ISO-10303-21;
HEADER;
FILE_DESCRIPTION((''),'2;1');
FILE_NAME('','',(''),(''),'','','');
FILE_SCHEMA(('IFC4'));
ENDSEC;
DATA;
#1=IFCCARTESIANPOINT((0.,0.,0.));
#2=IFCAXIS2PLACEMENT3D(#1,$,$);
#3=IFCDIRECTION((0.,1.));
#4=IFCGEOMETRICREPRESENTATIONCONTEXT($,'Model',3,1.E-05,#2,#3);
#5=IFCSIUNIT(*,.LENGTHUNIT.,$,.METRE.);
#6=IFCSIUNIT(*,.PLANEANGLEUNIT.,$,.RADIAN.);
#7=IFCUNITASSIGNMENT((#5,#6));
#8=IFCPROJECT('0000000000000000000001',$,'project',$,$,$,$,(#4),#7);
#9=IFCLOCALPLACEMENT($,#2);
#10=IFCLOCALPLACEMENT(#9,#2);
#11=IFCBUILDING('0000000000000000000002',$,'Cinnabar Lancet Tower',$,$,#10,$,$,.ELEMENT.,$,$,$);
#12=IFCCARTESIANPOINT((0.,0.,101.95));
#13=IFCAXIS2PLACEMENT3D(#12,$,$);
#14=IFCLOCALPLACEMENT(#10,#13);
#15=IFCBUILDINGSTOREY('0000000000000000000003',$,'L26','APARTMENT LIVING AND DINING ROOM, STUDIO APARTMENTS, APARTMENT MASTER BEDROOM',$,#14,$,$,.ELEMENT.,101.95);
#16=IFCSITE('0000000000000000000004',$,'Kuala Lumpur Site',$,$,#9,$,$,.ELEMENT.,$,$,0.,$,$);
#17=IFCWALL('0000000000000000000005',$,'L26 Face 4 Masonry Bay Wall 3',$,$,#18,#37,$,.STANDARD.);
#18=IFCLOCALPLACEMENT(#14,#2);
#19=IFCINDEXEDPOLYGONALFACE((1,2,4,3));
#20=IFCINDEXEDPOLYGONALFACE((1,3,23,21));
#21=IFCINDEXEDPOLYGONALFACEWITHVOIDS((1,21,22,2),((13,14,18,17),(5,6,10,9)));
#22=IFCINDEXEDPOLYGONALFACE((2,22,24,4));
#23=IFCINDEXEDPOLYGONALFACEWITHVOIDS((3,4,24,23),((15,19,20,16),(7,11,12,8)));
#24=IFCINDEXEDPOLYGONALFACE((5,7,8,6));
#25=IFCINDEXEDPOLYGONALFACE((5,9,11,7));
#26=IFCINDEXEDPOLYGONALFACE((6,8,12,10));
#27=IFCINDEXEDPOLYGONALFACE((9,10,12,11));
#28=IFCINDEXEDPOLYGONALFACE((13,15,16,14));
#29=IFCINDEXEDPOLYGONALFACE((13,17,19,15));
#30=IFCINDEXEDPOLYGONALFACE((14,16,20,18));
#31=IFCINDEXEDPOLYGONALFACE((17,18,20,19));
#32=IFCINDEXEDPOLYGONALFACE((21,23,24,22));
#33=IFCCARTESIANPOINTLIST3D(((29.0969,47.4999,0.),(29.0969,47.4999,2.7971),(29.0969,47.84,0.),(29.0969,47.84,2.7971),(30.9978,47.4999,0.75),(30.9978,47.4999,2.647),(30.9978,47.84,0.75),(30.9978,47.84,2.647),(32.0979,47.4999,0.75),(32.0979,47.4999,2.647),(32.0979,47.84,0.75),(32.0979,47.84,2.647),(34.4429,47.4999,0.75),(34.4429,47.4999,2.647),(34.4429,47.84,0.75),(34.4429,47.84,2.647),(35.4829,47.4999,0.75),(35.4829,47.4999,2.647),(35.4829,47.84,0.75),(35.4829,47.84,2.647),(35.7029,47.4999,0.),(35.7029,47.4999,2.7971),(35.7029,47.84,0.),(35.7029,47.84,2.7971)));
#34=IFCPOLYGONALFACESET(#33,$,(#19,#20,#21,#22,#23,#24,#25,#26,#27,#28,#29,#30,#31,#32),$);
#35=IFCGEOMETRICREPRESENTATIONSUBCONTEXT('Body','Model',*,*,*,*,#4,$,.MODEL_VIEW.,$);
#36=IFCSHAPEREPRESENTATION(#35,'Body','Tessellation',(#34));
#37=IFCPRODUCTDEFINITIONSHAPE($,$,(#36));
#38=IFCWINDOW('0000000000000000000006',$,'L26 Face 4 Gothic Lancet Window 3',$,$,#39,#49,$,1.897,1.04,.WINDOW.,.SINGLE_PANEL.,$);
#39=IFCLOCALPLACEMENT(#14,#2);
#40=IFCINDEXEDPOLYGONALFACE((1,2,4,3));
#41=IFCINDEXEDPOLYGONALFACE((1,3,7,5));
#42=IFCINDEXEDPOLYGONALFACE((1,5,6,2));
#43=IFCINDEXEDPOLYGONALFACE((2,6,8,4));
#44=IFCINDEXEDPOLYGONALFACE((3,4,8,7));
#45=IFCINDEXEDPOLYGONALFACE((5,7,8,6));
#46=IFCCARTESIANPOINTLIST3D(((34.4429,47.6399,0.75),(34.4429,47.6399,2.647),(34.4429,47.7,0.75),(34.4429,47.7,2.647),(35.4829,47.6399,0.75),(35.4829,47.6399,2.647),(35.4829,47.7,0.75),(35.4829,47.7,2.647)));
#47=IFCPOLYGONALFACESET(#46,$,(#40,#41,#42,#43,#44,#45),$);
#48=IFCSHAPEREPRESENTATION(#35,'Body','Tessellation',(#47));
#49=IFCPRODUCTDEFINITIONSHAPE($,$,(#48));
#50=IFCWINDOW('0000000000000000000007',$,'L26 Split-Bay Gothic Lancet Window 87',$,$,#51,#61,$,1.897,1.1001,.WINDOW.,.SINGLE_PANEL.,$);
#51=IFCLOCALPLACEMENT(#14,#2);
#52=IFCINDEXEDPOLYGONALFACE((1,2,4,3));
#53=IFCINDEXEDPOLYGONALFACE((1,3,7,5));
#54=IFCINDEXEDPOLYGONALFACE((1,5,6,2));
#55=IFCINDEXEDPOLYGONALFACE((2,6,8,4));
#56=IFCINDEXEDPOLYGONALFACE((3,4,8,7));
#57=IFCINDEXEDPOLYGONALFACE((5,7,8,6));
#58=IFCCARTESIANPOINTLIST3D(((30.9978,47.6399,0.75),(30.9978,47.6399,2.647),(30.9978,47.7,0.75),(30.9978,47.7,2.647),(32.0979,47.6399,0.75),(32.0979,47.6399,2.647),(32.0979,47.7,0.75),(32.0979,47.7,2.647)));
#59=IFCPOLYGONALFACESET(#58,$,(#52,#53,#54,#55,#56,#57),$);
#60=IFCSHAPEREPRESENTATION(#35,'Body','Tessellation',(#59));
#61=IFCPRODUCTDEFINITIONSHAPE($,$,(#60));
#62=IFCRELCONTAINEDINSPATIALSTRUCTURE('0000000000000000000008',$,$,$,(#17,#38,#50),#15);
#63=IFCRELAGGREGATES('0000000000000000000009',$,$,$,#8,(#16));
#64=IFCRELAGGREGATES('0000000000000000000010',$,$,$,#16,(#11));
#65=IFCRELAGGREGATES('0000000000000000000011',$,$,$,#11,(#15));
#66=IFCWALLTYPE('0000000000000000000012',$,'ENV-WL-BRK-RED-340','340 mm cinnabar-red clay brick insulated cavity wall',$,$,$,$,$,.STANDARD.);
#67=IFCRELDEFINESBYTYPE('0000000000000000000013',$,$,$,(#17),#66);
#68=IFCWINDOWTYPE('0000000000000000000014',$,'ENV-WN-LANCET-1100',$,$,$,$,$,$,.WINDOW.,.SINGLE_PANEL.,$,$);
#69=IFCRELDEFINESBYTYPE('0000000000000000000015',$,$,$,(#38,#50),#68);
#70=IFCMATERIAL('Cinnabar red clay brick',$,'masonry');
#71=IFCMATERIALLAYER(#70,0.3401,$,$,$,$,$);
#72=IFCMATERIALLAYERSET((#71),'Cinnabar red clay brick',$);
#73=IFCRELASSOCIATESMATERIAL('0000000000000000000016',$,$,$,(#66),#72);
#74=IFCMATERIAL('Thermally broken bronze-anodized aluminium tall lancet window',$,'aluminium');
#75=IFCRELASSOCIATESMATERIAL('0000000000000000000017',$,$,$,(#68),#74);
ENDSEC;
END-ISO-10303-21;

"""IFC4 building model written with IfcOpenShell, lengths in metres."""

from ifc_helpers import new_model, si_unit, direction, frame, frame_2d, origin, place, context, subcontext, project, spatial, rectangle, extrude, material, layer, layer_set, type_object, element, fill, save


model = new_model("IFC4")

# Units and contexts
model_context = context("Model", 3, precision=1e-05, world=origin(), true_north=direction((0.0, 1.0)))
body_context = subcontext(model_context, "Body", "Model", "MODEL_VIEW")
ifc_project = project(units=[si_unit("LENGTHUNIT", "METRE"), si_unit("PLANEANGLEUNIT", "RADIAN")], contexts=[model_context])

# Site, building, storey
site_placement = place(None, origin())
site = spatial("IfcSite", under=ifc_project, at=site_placement, Name="Kuala Lumpur Site", CompositionType="ELEMENT", RefElevation=0.0)
building_placement = place(site_placement, origin())
building = spatial("IfcBuilding", under=site, at=building_placement, Name="Cinnabar Lancet Tower", CompositionType="ELEMENT")
storey_placement = place(building_placement, frame((0.0, 0.0, 101.95)))
storey = spatial("IfcBuildingStorey", under=building, at=storey_placement, Name="L26", Description="APARTMENT LIVING AND DINING ROOM, STUDIO APARTMENTS, APARTMENT MASTER BEDROOM", CompositionType="ELEMENT", Elevation=101.95)

# Shared definitions
ifc_material_1 = material(Name="Cinnabar red clay brick", Category="masonry")
ifc_layer_1 = layer(ifc_material_1, 0.3401)
ifc_layer_set_1 = layer_set([ifc_layer_1], Name="Cinnabar red clay brick")
wall_type_1 = type_object("IfcWallType", Name="ENV-WL-BRK-RED-340", Description="340 mm cinnabar-red clay brick insulated cavity wall", PredefinedType="STANDARD", material=ifc_layer_set_1)
ifc_material_2 = material(Name="Thermally broken bronze-anodized aluminium tall lancet window", Category="aluminium")
window_type = type_object("IfcWindowType", Name="ENV-WN-LANCET-1100", PartitioningType="SINGLE_PANEL", PredefinedType="WINDOW", material=ifc_material_2)

# Wall, openings, windows
wall_1_placement = place(storey_placement, frame((35.7029, 47.6699, 0.0), z_axis=(0.0, 0.0, 1.0), x_axis=(-1.0, 0.0, 0.0)))
wall_1 = element("IfcWall", 1, at=wall_1_placement, inside=storey, type_object=wall_type_1, Name="L26 Face 4 Masonry Bay Wall 3", PredefinedType="STANDARD", context=body_context, shape_type="SweptSolid", body=[
    extrude(rectangle(XDim=6.606, YDim=0.3401, at=frame_2d((3.303, 0.0))), origin(), (0.0, 0.0, 1.0), 2.7971),
])
opening_1_placement = place(wall_1_placement, frame((0.22, 0.0, 0.75)))
opening_1 = element("IfcOpeningElement", 2, at=opening_1_placement, cuts=wall_1, PredefinedType="OPENING", context=body_context, shape_type="SweptSolid", body=[
    extrude(rectangle(XDim=1.04, YDim=1.897, at=frame_2d((0.52, 0.9485))), frame((0.0, 0.1799, 0.0), z_axis=(0.0, -1.0, 0.0), x_axis=(1.0, 0.0, 0.0)), (0.0, 0.0, 1.0), 0.3601),
])
opening_2_placement = place(wall_1_placement, frame((3.605, 0.0, 0.75)))
opening_2 = element("IfcOpeningElement", 3, at=opening_2_placement, cuts=wall_1, PredefinedType="OPENING", context=body_context, shape_type="SweptSolid", body=[
    extrude(rectangle(XDim=1.1001, YDim=1.897, at=frame_2d((0.55, 0.9485))), frame((0.0, 0.1799, 0.0), z_axis=(0.0, -1.0, 0.0), x_axis=(1.0, 0.0, 0.0)), (0.0, 0.0, 1.0), 0.3601),
])
window_1_placement = place(opening_1_placement, origin())
window_1 = element("IfcWindow", 4, at=window_1_placement, inside=storey, type_object=window_type, Name="L26 Face 4 Gothic Lancet Window 3", OverallHeight=1.897, OverallWidth=1.04, PartitioningType="SINGLE_PANEL", PredefinedType="WINDOW", context=body_context, shape_type="SweptSolid", body=[
    extrude(rectangle(XDim=1.04, YDim=1.897, at=frame_2d((0.52, 0.9485))), frame((0.0, 0.03, 0.0), z_axis=(0.0, -1.0, 0.0), x_axis=(1.0, 0.0, 0.0)), (0.0, 0.0, 1.0), 0.0601),
])
fill(opening_1, window_1)
window_2_placement = place(opening_2_placement, origin())
window_2 = element("IfcWindow", 5, at=window_2_placement, inside=storey, type_object=window_type, Name="L26 Split-Bay Gothic Lancet Window 87", OverallHeight=1.897, OverallWidth=1.1001, PartitioningType="SINGLE_PANEL", PredefinedType="WINDOW", context=body_context, shape_type="SweptSolid", body=[
    extrude(rectangle(XDim=1.1001, YDim=1.897, at=frame_2d((0.55, 0.9485))), frame((0.0, 0.03, 0.0), z_axis=(0.0, -1.0, 0.0), x_axis=(1.0, 0.0, 0.0)), (0.0, 0.0, 1.0), 0.0601),
])
fill(opening_2, window_2)

save(model, "model.ifc")
